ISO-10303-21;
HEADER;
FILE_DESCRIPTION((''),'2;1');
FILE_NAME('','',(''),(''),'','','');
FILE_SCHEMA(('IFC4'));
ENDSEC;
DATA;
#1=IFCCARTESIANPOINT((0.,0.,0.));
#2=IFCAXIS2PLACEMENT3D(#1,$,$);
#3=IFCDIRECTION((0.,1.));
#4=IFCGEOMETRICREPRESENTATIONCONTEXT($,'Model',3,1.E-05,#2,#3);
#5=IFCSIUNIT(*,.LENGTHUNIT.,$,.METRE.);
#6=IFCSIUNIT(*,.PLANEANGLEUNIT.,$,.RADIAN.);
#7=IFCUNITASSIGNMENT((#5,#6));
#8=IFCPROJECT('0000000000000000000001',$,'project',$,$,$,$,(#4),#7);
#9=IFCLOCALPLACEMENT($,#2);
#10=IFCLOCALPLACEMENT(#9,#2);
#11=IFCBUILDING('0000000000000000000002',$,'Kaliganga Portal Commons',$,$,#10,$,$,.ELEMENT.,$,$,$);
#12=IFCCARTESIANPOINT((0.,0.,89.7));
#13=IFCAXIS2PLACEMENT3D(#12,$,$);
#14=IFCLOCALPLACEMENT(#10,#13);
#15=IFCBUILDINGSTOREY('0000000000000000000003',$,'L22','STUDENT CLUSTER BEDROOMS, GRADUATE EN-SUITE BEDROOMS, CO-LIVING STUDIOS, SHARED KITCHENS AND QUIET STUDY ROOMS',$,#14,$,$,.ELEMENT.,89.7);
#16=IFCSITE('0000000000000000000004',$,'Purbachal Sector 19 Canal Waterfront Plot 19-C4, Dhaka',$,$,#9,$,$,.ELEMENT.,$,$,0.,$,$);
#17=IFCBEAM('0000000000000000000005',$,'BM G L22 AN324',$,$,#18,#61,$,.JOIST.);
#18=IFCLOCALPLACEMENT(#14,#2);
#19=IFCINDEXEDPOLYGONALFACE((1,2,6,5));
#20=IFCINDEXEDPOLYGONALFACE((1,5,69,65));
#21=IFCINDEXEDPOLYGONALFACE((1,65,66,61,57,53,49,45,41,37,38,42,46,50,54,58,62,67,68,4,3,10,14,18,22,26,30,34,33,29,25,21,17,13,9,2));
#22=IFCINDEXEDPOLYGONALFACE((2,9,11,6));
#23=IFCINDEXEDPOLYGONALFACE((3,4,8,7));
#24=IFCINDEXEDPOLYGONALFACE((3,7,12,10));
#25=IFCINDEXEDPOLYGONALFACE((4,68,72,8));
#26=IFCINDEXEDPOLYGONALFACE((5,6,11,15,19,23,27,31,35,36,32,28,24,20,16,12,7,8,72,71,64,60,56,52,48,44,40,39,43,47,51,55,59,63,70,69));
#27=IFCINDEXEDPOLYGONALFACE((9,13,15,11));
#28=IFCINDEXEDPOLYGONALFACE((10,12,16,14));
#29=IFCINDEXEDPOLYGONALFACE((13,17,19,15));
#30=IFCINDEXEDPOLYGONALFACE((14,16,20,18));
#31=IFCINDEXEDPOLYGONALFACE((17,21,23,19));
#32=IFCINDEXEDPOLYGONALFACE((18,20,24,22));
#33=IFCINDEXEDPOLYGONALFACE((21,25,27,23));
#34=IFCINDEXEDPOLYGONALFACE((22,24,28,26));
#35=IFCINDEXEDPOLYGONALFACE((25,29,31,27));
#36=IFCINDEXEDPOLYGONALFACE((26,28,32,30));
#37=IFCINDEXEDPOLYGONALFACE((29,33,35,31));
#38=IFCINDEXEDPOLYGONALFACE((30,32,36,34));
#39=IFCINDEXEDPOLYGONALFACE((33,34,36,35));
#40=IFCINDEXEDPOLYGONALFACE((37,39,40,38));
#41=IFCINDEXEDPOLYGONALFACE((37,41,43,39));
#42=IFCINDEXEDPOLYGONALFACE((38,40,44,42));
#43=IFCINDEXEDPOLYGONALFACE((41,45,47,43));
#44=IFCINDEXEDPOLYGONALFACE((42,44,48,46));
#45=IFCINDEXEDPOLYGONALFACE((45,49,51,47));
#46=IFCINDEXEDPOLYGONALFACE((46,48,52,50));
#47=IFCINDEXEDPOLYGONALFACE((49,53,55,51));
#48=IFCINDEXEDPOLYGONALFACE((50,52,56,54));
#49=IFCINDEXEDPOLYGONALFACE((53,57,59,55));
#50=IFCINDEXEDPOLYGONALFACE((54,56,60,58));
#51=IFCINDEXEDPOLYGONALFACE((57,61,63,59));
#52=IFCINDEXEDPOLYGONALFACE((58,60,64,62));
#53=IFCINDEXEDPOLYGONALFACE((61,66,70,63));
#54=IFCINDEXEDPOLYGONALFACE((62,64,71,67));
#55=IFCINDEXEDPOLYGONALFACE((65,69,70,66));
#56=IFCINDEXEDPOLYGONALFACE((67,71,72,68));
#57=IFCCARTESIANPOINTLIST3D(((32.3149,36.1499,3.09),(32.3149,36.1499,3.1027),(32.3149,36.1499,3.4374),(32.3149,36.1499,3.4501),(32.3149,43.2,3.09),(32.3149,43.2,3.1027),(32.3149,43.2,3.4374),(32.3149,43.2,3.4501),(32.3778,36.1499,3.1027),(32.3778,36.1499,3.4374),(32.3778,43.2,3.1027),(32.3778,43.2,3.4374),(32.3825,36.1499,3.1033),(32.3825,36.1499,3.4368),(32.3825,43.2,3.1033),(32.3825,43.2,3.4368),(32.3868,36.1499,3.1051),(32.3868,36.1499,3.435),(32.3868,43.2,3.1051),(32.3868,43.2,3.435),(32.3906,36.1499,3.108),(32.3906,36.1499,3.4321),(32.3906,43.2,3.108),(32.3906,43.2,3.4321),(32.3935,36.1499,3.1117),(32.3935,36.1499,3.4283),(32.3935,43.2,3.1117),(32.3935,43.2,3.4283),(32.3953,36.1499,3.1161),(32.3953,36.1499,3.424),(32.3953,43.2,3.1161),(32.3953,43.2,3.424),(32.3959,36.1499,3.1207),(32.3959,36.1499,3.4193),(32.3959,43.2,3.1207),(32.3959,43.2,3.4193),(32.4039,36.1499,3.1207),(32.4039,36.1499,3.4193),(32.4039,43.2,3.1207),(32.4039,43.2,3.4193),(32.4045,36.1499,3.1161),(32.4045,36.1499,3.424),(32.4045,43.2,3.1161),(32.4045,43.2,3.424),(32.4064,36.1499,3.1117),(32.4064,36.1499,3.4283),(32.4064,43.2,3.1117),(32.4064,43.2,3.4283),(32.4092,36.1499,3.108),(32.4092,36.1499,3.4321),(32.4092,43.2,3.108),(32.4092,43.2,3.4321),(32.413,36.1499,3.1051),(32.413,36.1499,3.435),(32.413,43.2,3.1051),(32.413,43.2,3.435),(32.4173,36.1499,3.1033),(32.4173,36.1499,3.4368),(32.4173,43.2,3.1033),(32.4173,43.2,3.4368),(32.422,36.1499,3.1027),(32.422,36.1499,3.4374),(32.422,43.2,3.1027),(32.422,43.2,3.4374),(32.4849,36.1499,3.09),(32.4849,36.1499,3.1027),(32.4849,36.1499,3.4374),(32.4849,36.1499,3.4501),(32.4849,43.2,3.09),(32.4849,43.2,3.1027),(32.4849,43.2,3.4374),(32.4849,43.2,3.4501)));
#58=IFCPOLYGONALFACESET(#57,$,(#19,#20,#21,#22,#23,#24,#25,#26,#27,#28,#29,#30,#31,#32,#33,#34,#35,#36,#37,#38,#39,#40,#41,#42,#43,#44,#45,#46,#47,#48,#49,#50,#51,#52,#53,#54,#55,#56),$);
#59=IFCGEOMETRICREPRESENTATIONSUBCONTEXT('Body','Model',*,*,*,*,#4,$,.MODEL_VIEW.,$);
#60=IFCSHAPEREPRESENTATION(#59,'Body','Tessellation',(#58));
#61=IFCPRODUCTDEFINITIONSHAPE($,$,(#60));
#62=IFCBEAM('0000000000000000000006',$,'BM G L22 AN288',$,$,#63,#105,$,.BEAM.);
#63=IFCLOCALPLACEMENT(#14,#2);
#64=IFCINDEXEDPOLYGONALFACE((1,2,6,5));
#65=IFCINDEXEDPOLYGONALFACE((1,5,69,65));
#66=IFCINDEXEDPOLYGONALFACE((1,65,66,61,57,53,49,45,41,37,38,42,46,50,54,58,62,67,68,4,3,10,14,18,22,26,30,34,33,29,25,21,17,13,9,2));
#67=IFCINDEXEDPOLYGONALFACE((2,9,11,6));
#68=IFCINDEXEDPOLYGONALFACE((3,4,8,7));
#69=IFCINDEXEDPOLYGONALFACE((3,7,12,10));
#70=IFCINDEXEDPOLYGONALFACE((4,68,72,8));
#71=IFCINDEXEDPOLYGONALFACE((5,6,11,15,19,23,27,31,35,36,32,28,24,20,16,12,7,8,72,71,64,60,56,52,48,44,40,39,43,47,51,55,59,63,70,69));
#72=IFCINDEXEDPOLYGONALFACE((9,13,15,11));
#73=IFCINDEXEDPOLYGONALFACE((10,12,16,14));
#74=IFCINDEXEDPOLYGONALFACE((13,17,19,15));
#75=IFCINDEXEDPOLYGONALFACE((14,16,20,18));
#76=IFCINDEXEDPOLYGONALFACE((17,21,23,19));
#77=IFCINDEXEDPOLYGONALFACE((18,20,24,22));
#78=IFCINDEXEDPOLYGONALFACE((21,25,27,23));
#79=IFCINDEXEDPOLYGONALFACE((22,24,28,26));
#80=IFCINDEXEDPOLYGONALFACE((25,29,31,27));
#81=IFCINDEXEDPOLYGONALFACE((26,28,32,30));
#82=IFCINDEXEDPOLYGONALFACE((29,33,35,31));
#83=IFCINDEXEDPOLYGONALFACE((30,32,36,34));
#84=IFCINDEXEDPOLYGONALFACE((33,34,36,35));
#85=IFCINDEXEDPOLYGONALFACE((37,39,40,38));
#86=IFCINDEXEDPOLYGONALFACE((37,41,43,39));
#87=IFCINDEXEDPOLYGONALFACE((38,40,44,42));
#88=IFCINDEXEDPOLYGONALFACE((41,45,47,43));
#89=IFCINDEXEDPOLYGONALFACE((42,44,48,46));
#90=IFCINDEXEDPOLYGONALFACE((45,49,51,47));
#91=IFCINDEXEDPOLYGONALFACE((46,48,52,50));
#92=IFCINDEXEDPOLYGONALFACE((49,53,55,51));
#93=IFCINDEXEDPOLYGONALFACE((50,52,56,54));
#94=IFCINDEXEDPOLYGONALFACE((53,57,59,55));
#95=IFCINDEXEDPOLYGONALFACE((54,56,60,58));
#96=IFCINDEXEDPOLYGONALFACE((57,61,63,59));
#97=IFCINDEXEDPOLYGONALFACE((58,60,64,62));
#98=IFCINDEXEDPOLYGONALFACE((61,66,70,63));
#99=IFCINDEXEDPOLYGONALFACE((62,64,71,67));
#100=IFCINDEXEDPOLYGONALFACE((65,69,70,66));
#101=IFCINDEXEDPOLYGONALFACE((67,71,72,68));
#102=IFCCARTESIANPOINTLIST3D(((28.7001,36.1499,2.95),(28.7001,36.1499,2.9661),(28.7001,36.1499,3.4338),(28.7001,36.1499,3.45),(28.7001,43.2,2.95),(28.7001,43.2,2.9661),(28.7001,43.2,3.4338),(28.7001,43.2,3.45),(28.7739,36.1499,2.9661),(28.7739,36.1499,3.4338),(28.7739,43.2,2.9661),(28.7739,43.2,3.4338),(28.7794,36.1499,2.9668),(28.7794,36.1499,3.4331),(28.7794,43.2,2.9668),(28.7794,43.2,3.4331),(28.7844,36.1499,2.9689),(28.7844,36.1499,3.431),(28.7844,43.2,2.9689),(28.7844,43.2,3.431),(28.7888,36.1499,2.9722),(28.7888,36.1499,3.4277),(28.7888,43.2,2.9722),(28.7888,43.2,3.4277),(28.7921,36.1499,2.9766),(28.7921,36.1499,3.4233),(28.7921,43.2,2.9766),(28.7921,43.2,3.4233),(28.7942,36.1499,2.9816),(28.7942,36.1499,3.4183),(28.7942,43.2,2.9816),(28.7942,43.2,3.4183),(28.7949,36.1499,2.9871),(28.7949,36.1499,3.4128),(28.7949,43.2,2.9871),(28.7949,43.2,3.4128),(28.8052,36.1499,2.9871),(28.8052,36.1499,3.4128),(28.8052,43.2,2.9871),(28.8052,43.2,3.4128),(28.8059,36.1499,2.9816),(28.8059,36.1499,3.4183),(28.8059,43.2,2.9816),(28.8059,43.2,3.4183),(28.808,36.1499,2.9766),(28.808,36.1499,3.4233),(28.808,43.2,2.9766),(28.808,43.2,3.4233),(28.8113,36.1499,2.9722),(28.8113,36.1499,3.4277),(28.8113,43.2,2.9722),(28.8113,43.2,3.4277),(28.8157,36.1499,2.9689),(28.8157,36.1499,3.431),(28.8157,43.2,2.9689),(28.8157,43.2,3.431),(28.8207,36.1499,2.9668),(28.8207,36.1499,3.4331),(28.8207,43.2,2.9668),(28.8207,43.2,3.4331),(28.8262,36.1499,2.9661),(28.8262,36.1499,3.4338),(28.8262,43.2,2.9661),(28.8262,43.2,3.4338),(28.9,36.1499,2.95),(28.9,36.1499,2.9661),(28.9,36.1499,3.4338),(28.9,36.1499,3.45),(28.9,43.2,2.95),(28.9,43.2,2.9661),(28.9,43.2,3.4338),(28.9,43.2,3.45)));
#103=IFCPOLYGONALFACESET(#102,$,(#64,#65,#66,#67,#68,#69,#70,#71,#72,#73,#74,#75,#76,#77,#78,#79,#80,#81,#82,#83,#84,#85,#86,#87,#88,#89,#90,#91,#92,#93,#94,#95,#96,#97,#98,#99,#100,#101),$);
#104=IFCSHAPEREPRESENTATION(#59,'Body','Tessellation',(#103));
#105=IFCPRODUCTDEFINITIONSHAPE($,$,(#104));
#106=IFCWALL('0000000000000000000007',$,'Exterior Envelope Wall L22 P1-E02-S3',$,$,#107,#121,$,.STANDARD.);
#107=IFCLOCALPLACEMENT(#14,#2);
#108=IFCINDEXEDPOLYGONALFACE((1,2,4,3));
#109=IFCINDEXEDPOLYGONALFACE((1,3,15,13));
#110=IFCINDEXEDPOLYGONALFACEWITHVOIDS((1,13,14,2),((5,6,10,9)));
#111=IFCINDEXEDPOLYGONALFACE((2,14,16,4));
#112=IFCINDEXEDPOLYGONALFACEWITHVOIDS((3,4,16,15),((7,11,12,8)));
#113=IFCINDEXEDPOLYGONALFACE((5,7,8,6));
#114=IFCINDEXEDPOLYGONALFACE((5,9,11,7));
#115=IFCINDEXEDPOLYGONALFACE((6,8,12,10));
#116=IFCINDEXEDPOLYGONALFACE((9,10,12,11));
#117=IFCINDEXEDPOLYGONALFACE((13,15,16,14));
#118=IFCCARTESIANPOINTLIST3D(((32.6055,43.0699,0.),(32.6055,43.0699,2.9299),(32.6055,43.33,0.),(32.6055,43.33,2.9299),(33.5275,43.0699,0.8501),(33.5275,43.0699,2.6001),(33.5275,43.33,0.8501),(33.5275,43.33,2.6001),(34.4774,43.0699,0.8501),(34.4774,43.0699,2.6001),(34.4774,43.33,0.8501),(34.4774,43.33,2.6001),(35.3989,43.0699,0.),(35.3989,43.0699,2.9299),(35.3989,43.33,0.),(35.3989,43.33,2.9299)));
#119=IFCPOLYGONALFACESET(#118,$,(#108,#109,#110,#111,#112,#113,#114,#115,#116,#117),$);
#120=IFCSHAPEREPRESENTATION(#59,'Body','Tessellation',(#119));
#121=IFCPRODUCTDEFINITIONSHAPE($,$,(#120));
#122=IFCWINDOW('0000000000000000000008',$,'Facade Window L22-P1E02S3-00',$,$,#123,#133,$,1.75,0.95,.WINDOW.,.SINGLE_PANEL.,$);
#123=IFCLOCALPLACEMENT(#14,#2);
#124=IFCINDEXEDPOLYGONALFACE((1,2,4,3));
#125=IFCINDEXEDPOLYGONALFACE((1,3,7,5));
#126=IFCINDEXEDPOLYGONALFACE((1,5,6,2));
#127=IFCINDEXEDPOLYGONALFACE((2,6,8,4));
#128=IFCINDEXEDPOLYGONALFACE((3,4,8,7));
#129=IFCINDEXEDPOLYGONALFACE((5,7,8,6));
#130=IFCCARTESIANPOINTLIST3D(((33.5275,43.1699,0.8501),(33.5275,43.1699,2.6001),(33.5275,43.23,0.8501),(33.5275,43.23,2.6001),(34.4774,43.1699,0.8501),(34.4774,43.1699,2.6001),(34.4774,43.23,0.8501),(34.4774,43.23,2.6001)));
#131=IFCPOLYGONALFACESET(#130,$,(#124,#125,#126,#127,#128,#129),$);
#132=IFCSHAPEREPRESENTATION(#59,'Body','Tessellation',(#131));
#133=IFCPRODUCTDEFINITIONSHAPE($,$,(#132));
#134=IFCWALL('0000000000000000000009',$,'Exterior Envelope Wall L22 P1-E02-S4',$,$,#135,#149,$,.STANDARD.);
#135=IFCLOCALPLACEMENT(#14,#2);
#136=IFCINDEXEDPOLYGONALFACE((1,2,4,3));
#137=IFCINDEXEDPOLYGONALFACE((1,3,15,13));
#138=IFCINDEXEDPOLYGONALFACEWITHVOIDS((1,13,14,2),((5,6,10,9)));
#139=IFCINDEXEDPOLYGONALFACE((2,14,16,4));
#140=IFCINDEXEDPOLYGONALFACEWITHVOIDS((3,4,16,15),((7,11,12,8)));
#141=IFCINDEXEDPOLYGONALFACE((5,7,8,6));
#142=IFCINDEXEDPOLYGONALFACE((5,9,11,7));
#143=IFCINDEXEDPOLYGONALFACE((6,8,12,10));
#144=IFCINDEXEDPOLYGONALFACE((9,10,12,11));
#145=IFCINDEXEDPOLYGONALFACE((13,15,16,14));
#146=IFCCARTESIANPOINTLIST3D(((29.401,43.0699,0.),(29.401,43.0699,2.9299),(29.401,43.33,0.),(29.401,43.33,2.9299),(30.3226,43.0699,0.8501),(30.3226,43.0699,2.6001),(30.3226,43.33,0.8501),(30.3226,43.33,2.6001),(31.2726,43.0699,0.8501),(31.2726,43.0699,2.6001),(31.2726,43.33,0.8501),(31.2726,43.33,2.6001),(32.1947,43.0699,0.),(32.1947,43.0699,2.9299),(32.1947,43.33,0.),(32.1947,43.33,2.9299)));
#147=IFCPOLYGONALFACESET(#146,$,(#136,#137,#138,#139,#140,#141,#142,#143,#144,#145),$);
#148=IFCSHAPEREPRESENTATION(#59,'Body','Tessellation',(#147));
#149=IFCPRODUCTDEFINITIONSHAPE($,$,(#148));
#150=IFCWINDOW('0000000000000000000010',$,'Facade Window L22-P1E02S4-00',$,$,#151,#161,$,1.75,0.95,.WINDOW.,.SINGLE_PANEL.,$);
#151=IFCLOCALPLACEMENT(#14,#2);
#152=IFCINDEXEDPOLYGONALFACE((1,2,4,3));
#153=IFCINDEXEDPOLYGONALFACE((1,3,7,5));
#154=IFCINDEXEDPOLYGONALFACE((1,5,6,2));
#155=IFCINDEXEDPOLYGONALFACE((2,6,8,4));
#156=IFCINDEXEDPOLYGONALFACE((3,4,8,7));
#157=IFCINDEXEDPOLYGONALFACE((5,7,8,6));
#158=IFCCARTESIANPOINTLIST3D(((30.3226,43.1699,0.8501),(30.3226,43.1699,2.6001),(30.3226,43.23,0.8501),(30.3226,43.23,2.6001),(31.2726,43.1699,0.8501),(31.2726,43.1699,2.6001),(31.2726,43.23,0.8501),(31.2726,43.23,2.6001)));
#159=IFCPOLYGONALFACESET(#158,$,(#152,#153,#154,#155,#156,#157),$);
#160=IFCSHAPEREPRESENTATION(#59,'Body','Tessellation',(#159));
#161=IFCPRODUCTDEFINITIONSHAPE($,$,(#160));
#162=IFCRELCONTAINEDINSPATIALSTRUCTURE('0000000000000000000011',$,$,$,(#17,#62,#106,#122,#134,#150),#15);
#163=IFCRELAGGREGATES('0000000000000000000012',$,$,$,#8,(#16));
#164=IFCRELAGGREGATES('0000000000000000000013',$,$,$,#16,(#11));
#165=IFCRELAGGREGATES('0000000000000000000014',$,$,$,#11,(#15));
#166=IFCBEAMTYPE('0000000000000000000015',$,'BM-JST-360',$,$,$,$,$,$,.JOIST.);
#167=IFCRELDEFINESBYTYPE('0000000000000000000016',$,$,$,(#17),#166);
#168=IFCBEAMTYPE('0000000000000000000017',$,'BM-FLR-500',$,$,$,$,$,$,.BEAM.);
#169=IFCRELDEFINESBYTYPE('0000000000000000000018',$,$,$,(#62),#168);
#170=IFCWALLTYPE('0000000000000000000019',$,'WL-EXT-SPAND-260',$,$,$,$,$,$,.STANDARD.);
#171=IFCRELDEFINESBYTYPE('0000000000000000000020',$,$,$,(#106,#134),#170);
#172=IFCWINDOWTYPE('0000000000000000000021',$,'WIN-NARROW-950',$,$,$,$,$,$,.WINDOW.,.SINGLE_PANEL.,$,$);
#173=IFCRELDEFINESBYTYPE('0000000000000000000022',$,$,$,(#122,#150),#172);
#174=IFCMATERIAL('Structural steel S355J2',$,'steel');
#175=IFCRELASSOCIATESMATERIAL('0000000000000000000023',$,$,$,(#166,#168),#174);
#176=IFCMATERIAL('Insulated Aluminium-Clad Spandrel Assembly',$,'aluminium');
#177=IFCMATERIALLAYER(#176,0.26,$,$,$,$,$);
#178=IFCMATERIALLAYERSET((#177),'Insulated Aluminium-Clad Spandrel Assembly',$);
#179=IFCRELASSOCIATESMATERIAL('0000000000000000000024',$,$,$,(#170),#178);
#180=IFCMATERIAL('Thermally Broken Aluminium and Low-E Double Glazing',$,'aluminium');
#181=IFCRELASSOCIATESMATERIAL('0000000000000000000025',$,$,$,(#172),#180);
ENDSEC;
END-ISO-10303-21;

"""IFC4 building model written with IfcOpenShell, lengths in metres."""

from ifc_helpers import new_model, si_unit, direction, frame, frame_2d, origin, origin_2d, place, context, subcontext, project, spatial, rectangle, i_section, extrude, source, transform, mapped, material, layer, layer_set, material_profile, profile_set, type_object, element, fill, save


model = new_model("IFC4")

# Units and contexts
model_context = context("Model", 3, precision=1e-05, world=origin(), true_north=direction((0.0, 1.0)))
body_context = subcontext(model_context, "Body", "Model", "MODEL_VIEW")
ifc_project = project(units=[si_unit("LENGTHUNIT", "METRE"), si_unit("PLANEANGLEUNIT", "RADIAN")], contexts=[model_context])

# Site, building, storey
site_placement = place(None, origin())
site = spatial("IfcSite", under=ifc_project, at=site_placement, Name="Purbachal Sector 19 Canal Waterfront Plot 19-C4, Dhaka", CompositionType="ELEMENT", RefElevation=0.0)
building_placement = place(site_placement, origin())
building = spatial("IfcBuilding", under=site, at=building_placement, Name="Kaliganga Portal Commons", CompositionType="ELEMENT")
storey_placement = place(building_placement, frame((0.0, 0.0, 89.7)))
storey = spatial("IfcBuildingStorey", under=building, at=storey_placement, Name="L22", Description="STUDENT CLUSTER BEDROOMS, GRADUATE EN-SUITE BEDROOMS, CO-LIVING STUDIOS, SHARED KITCHENS AND QUIET STUDY ROOMS", CompositionType="ELEMENT", Elevation=89.7)

# Beams
ifc_material_1 = material(Name="Structural steel S355J2", Category="steel")
ifc_material_profile_1 = material_profile(ifc_material_1, i_section(OverallWidth=0.1699, OverallDepth=0.3601, WebThickness=0.0081, FlangeThickness=0.0127, FilletRadius=0.0181, at=origin_2d()), Name="IPE 360")
ifc_profile_set_1 = profile_set([ifc_material_profile_1], Name="Structural steel S355J2 wide-flange")
beam_type_1 = type_object("IfcBeamType", Name="BM-JST-360", PredefinedType="JOIST", material=ifc_profile_set_1)
shared_shape_1 = source(origin(), body_context, "Body", "SweptSolid", [
    extrude(i_section(OverallWidth=0.1699, OverallDepth=0.3601, WebThickness=0.0081, FlangeThickness=0.0127, FilletRadius=0.0181, at=origin_2d()), origin(), (0.0, 0.0, 1.0), 7.05),
])
beam_1_placement = place(storey_placement, frame((32.3999, 36.1499, 3.27), z_axis=(0.0, 1.0, 0.0), x_axis=(-1.0, 0.0, 0.0)))
element("IfcBeam", 1, at=beam_1_placement, inside=storey, type_object=beam_type_1, Name="BM G L22 AN324", PredefinedType="JOIST", context=body_context, shape_type="MappedRepresentation", body=[
    mapped(shared_shape_1, transform((0.0, 0.0, 0.0), x_axis=(1.0, 0.0, 0.0), y_axis=(0.0, 1.0, 0.0), z_axis=(0.0, 0.0, 1.0), scale=1.0)),
])
ifc_material_profile_2 = material_profile(ifc_material_1, i_section(OverallWidth=0.2, OverallDepth=0.5, WebThickness=0.0103, FlangeThickness=0.0161, FilletRadius=0.021, at=origin_2d()), Name="IPE 500")
ifc_profile_set_2 = profile_set([ifc_material_profile_2], Name="Structural steel S355J2 wide-flange")
beam_type_2 = type_object("IfcBeamType", Name="BM-FLR-500", PredefinedType="BEAM", material=ifc_profile_set_2)
shared_shape_2 = source(origin(), body_context, "Body", "SweptSolid", [
    extrude(i_section(OverallWidth=0.2, OverallDepth=0.5, WebThickness=0.0103, FlangeThickness=0.0161, FilletRadius=0.021, at=origin_2d()), origin(), (0.0, 0.0, 1.0), 7.05),
])
beam_2_placement = place(storey_placement, frame((28.8, 36.1499, 3.2), z_axis=(0.0, 1.0, 0.0), x_axis=(-1.0, 0.0, 0.0)))
element("IfcBeam", 2, at=beam_2_placement, inside=storey, type_object=beam_type_2, Name="BM G L22 AN288", PredefinedType="BEAM", context=body_context, shape_type="MappedRepresentation", body=[
    mapped(shared_shape_2, transform((0.0, 0.0, 0.0), x_axis=(1.0, 0.0, 0.0), y_axis=(0.0, 1.0, 0.0), z_axis=(0.0, 0.0, 1.0), scale=1.0)),
])

# Walls, openings, windows
ifc_material_2 = material(Name="Insulated Aluminium-Clad Spandrel Assembly", Category="aluminium")
ifc_layer_1 = layer(ifc_material_2, 0.26)
ifc_layer_set_1 = layer_set([ifc_layer_1], Name="Insulated Aluminium-Clad Spandrel Assembly")
wall_type_1 = type_object("IfcWallType", Name="WL-EXT-SPAND-260", PredefinedType="STANDARD", material=ifc_layer_set_1)
wall_1_placement = place(storey_placement, frame((32.6055, 43.2, 0.0), z_axis=(0.0, 0.0, 1.0), x_axis=(1.0, 0.0, 0.0)))
wall_1 = element("IfcWall", 3, at=wall_1_placement, inside=storey, type_object=wall_type_1, Name="Exterior Envelope Wall L22 P1-E02-S3", PredefinedType="STANDARD", context=body_context, shape_type="SweptSolid", body=[
    extrude(rectangle(XDim=2.7935, YDim=0.26, at=frame_2d((1.3967, 0.0))), origin(), (0.0, 0.0, 1.0), 2.9299),
])
opening_1_placement = place(wall_1_placement, frame((0.9219, 0.0, 0.8501)))
opening_1 = element("IfcOpeningElement", 4, at=opening_1_placement, cuts=wall_1, PredefinedType="OPENING", context=body_context, shape_type="SweptSolid", body=[
    extrude(rectangle(XDim=0.95, YDim=1.75, at=frame_2d((0.4751, 0.875))), frame((0.0, 0.1401, 0.0), z_axis=(0.0, -1.0, 0.0), x_axis=(1.0, 0.0, 0.0)), (0.0, 0.0, 1.0), 0.28),
])
ifc_material_3 = material(Name="Thermally Broken Aluminium and Low-E Double Glazing", Category="aluminium")
window_type = type_object("IfcWindowType", Name="WIN-NARROW-950", PartitioningType="SINGLE_PANEL", PredefinedType="WINDOW", material=ifc_material_3)
window_1_placement = place(opening_1_placement, origin())
window_1 = element("IfcWindow", 5, at=window_1_placement, inside=storey, type_object=window_type, Name="Facade Window L22-P1E02S3-00", OverallHeight=1.75, OverallWidth=0.95, PartitioningType="SINGLE_PANEL", PredefinedType="WINDOW", context=body_context, shape_type="SweptSolid", body=[
    extrude(rectangle(XDim=0.95, YDim=1.75, at=frame_2d((0.4751, 0.875))), frame((0.0, 0.03, 0.0), z_axis=(0.0, -1.0, 0.0), x_axis=(1.0, 0.0, 0.0)), (0.0, 0.0, 1.0), 0.0601),
])
fill(opening_1, window_1)
wall_2_placement = place(storey_placement, frame((29.4009, 43.2, 0.0), z_axis=(0.0, 0.0, 1.0), x_axis=(1.0, 0.0, 0.0)))
wall_2 = element("IfcWall", 6, at=wall_2_placement, inside=storey, type_object=wall_type_1, Name="Exterior Envelope Wall L22 P1-E02-S4", PredefinedType="STANDARD", context=body_context, shape_type="SweptSolid", body=[
    extrude(rectangle(XDim=2.7937, YDim=0.26, at=frame_2d((1.397, 0.0))), origin(), (0.0, 0.0, 1.0), 2.9299),
])
opening_2_placement = place(wall_2_placement, frame((0.9216, 0.0, 0.8501)))
opening_2 = element("IfcOpeningElement", 7, at=opening_2_placement, cuts=wall_2, PredefinedType="OPENING", context=body_context, shape_type="SweptSolid", body=[
    extrude(rectangle(XDim=0.95, YDim=1.75, at=frame_2d((0.4751, 0.875))), frame((0.0, 0.1401, 0.0), z_axis=(0.0, -1.0, 0.0), x_axis=(1.0, 0.0, 0.0)), (0.0, 0.0, 1.0), 0.28),
])
window_2_placement = place(opening_2_placement, origin())
window_2 = element("IfcWindow", 8, at=window_2_placement, inside=storey, type_object=window_type, Name="Facade Window L22-P1E02S4-00", OverallHeight=1.75, OverallWidth=0.95, PartitioningType="SINGLE_PANEL", PredefinedType="WINDOW", context=body_context, shape_type="SweptSolid", body=[
    extrude(rectangle(XDim=0.95, YDim=1.75, at=frame_2d((0.4751, 0.875))), frame((0.0, 0.03, 0.0), z_axis=(0.0, -1.0, 0.0), x_axis=(1.0, 0.0, 0.0)), (0.0, 0.0, 1.0), 0.0601),
])
fill(opening_2, window_2)

save(model, "model.ifc")
